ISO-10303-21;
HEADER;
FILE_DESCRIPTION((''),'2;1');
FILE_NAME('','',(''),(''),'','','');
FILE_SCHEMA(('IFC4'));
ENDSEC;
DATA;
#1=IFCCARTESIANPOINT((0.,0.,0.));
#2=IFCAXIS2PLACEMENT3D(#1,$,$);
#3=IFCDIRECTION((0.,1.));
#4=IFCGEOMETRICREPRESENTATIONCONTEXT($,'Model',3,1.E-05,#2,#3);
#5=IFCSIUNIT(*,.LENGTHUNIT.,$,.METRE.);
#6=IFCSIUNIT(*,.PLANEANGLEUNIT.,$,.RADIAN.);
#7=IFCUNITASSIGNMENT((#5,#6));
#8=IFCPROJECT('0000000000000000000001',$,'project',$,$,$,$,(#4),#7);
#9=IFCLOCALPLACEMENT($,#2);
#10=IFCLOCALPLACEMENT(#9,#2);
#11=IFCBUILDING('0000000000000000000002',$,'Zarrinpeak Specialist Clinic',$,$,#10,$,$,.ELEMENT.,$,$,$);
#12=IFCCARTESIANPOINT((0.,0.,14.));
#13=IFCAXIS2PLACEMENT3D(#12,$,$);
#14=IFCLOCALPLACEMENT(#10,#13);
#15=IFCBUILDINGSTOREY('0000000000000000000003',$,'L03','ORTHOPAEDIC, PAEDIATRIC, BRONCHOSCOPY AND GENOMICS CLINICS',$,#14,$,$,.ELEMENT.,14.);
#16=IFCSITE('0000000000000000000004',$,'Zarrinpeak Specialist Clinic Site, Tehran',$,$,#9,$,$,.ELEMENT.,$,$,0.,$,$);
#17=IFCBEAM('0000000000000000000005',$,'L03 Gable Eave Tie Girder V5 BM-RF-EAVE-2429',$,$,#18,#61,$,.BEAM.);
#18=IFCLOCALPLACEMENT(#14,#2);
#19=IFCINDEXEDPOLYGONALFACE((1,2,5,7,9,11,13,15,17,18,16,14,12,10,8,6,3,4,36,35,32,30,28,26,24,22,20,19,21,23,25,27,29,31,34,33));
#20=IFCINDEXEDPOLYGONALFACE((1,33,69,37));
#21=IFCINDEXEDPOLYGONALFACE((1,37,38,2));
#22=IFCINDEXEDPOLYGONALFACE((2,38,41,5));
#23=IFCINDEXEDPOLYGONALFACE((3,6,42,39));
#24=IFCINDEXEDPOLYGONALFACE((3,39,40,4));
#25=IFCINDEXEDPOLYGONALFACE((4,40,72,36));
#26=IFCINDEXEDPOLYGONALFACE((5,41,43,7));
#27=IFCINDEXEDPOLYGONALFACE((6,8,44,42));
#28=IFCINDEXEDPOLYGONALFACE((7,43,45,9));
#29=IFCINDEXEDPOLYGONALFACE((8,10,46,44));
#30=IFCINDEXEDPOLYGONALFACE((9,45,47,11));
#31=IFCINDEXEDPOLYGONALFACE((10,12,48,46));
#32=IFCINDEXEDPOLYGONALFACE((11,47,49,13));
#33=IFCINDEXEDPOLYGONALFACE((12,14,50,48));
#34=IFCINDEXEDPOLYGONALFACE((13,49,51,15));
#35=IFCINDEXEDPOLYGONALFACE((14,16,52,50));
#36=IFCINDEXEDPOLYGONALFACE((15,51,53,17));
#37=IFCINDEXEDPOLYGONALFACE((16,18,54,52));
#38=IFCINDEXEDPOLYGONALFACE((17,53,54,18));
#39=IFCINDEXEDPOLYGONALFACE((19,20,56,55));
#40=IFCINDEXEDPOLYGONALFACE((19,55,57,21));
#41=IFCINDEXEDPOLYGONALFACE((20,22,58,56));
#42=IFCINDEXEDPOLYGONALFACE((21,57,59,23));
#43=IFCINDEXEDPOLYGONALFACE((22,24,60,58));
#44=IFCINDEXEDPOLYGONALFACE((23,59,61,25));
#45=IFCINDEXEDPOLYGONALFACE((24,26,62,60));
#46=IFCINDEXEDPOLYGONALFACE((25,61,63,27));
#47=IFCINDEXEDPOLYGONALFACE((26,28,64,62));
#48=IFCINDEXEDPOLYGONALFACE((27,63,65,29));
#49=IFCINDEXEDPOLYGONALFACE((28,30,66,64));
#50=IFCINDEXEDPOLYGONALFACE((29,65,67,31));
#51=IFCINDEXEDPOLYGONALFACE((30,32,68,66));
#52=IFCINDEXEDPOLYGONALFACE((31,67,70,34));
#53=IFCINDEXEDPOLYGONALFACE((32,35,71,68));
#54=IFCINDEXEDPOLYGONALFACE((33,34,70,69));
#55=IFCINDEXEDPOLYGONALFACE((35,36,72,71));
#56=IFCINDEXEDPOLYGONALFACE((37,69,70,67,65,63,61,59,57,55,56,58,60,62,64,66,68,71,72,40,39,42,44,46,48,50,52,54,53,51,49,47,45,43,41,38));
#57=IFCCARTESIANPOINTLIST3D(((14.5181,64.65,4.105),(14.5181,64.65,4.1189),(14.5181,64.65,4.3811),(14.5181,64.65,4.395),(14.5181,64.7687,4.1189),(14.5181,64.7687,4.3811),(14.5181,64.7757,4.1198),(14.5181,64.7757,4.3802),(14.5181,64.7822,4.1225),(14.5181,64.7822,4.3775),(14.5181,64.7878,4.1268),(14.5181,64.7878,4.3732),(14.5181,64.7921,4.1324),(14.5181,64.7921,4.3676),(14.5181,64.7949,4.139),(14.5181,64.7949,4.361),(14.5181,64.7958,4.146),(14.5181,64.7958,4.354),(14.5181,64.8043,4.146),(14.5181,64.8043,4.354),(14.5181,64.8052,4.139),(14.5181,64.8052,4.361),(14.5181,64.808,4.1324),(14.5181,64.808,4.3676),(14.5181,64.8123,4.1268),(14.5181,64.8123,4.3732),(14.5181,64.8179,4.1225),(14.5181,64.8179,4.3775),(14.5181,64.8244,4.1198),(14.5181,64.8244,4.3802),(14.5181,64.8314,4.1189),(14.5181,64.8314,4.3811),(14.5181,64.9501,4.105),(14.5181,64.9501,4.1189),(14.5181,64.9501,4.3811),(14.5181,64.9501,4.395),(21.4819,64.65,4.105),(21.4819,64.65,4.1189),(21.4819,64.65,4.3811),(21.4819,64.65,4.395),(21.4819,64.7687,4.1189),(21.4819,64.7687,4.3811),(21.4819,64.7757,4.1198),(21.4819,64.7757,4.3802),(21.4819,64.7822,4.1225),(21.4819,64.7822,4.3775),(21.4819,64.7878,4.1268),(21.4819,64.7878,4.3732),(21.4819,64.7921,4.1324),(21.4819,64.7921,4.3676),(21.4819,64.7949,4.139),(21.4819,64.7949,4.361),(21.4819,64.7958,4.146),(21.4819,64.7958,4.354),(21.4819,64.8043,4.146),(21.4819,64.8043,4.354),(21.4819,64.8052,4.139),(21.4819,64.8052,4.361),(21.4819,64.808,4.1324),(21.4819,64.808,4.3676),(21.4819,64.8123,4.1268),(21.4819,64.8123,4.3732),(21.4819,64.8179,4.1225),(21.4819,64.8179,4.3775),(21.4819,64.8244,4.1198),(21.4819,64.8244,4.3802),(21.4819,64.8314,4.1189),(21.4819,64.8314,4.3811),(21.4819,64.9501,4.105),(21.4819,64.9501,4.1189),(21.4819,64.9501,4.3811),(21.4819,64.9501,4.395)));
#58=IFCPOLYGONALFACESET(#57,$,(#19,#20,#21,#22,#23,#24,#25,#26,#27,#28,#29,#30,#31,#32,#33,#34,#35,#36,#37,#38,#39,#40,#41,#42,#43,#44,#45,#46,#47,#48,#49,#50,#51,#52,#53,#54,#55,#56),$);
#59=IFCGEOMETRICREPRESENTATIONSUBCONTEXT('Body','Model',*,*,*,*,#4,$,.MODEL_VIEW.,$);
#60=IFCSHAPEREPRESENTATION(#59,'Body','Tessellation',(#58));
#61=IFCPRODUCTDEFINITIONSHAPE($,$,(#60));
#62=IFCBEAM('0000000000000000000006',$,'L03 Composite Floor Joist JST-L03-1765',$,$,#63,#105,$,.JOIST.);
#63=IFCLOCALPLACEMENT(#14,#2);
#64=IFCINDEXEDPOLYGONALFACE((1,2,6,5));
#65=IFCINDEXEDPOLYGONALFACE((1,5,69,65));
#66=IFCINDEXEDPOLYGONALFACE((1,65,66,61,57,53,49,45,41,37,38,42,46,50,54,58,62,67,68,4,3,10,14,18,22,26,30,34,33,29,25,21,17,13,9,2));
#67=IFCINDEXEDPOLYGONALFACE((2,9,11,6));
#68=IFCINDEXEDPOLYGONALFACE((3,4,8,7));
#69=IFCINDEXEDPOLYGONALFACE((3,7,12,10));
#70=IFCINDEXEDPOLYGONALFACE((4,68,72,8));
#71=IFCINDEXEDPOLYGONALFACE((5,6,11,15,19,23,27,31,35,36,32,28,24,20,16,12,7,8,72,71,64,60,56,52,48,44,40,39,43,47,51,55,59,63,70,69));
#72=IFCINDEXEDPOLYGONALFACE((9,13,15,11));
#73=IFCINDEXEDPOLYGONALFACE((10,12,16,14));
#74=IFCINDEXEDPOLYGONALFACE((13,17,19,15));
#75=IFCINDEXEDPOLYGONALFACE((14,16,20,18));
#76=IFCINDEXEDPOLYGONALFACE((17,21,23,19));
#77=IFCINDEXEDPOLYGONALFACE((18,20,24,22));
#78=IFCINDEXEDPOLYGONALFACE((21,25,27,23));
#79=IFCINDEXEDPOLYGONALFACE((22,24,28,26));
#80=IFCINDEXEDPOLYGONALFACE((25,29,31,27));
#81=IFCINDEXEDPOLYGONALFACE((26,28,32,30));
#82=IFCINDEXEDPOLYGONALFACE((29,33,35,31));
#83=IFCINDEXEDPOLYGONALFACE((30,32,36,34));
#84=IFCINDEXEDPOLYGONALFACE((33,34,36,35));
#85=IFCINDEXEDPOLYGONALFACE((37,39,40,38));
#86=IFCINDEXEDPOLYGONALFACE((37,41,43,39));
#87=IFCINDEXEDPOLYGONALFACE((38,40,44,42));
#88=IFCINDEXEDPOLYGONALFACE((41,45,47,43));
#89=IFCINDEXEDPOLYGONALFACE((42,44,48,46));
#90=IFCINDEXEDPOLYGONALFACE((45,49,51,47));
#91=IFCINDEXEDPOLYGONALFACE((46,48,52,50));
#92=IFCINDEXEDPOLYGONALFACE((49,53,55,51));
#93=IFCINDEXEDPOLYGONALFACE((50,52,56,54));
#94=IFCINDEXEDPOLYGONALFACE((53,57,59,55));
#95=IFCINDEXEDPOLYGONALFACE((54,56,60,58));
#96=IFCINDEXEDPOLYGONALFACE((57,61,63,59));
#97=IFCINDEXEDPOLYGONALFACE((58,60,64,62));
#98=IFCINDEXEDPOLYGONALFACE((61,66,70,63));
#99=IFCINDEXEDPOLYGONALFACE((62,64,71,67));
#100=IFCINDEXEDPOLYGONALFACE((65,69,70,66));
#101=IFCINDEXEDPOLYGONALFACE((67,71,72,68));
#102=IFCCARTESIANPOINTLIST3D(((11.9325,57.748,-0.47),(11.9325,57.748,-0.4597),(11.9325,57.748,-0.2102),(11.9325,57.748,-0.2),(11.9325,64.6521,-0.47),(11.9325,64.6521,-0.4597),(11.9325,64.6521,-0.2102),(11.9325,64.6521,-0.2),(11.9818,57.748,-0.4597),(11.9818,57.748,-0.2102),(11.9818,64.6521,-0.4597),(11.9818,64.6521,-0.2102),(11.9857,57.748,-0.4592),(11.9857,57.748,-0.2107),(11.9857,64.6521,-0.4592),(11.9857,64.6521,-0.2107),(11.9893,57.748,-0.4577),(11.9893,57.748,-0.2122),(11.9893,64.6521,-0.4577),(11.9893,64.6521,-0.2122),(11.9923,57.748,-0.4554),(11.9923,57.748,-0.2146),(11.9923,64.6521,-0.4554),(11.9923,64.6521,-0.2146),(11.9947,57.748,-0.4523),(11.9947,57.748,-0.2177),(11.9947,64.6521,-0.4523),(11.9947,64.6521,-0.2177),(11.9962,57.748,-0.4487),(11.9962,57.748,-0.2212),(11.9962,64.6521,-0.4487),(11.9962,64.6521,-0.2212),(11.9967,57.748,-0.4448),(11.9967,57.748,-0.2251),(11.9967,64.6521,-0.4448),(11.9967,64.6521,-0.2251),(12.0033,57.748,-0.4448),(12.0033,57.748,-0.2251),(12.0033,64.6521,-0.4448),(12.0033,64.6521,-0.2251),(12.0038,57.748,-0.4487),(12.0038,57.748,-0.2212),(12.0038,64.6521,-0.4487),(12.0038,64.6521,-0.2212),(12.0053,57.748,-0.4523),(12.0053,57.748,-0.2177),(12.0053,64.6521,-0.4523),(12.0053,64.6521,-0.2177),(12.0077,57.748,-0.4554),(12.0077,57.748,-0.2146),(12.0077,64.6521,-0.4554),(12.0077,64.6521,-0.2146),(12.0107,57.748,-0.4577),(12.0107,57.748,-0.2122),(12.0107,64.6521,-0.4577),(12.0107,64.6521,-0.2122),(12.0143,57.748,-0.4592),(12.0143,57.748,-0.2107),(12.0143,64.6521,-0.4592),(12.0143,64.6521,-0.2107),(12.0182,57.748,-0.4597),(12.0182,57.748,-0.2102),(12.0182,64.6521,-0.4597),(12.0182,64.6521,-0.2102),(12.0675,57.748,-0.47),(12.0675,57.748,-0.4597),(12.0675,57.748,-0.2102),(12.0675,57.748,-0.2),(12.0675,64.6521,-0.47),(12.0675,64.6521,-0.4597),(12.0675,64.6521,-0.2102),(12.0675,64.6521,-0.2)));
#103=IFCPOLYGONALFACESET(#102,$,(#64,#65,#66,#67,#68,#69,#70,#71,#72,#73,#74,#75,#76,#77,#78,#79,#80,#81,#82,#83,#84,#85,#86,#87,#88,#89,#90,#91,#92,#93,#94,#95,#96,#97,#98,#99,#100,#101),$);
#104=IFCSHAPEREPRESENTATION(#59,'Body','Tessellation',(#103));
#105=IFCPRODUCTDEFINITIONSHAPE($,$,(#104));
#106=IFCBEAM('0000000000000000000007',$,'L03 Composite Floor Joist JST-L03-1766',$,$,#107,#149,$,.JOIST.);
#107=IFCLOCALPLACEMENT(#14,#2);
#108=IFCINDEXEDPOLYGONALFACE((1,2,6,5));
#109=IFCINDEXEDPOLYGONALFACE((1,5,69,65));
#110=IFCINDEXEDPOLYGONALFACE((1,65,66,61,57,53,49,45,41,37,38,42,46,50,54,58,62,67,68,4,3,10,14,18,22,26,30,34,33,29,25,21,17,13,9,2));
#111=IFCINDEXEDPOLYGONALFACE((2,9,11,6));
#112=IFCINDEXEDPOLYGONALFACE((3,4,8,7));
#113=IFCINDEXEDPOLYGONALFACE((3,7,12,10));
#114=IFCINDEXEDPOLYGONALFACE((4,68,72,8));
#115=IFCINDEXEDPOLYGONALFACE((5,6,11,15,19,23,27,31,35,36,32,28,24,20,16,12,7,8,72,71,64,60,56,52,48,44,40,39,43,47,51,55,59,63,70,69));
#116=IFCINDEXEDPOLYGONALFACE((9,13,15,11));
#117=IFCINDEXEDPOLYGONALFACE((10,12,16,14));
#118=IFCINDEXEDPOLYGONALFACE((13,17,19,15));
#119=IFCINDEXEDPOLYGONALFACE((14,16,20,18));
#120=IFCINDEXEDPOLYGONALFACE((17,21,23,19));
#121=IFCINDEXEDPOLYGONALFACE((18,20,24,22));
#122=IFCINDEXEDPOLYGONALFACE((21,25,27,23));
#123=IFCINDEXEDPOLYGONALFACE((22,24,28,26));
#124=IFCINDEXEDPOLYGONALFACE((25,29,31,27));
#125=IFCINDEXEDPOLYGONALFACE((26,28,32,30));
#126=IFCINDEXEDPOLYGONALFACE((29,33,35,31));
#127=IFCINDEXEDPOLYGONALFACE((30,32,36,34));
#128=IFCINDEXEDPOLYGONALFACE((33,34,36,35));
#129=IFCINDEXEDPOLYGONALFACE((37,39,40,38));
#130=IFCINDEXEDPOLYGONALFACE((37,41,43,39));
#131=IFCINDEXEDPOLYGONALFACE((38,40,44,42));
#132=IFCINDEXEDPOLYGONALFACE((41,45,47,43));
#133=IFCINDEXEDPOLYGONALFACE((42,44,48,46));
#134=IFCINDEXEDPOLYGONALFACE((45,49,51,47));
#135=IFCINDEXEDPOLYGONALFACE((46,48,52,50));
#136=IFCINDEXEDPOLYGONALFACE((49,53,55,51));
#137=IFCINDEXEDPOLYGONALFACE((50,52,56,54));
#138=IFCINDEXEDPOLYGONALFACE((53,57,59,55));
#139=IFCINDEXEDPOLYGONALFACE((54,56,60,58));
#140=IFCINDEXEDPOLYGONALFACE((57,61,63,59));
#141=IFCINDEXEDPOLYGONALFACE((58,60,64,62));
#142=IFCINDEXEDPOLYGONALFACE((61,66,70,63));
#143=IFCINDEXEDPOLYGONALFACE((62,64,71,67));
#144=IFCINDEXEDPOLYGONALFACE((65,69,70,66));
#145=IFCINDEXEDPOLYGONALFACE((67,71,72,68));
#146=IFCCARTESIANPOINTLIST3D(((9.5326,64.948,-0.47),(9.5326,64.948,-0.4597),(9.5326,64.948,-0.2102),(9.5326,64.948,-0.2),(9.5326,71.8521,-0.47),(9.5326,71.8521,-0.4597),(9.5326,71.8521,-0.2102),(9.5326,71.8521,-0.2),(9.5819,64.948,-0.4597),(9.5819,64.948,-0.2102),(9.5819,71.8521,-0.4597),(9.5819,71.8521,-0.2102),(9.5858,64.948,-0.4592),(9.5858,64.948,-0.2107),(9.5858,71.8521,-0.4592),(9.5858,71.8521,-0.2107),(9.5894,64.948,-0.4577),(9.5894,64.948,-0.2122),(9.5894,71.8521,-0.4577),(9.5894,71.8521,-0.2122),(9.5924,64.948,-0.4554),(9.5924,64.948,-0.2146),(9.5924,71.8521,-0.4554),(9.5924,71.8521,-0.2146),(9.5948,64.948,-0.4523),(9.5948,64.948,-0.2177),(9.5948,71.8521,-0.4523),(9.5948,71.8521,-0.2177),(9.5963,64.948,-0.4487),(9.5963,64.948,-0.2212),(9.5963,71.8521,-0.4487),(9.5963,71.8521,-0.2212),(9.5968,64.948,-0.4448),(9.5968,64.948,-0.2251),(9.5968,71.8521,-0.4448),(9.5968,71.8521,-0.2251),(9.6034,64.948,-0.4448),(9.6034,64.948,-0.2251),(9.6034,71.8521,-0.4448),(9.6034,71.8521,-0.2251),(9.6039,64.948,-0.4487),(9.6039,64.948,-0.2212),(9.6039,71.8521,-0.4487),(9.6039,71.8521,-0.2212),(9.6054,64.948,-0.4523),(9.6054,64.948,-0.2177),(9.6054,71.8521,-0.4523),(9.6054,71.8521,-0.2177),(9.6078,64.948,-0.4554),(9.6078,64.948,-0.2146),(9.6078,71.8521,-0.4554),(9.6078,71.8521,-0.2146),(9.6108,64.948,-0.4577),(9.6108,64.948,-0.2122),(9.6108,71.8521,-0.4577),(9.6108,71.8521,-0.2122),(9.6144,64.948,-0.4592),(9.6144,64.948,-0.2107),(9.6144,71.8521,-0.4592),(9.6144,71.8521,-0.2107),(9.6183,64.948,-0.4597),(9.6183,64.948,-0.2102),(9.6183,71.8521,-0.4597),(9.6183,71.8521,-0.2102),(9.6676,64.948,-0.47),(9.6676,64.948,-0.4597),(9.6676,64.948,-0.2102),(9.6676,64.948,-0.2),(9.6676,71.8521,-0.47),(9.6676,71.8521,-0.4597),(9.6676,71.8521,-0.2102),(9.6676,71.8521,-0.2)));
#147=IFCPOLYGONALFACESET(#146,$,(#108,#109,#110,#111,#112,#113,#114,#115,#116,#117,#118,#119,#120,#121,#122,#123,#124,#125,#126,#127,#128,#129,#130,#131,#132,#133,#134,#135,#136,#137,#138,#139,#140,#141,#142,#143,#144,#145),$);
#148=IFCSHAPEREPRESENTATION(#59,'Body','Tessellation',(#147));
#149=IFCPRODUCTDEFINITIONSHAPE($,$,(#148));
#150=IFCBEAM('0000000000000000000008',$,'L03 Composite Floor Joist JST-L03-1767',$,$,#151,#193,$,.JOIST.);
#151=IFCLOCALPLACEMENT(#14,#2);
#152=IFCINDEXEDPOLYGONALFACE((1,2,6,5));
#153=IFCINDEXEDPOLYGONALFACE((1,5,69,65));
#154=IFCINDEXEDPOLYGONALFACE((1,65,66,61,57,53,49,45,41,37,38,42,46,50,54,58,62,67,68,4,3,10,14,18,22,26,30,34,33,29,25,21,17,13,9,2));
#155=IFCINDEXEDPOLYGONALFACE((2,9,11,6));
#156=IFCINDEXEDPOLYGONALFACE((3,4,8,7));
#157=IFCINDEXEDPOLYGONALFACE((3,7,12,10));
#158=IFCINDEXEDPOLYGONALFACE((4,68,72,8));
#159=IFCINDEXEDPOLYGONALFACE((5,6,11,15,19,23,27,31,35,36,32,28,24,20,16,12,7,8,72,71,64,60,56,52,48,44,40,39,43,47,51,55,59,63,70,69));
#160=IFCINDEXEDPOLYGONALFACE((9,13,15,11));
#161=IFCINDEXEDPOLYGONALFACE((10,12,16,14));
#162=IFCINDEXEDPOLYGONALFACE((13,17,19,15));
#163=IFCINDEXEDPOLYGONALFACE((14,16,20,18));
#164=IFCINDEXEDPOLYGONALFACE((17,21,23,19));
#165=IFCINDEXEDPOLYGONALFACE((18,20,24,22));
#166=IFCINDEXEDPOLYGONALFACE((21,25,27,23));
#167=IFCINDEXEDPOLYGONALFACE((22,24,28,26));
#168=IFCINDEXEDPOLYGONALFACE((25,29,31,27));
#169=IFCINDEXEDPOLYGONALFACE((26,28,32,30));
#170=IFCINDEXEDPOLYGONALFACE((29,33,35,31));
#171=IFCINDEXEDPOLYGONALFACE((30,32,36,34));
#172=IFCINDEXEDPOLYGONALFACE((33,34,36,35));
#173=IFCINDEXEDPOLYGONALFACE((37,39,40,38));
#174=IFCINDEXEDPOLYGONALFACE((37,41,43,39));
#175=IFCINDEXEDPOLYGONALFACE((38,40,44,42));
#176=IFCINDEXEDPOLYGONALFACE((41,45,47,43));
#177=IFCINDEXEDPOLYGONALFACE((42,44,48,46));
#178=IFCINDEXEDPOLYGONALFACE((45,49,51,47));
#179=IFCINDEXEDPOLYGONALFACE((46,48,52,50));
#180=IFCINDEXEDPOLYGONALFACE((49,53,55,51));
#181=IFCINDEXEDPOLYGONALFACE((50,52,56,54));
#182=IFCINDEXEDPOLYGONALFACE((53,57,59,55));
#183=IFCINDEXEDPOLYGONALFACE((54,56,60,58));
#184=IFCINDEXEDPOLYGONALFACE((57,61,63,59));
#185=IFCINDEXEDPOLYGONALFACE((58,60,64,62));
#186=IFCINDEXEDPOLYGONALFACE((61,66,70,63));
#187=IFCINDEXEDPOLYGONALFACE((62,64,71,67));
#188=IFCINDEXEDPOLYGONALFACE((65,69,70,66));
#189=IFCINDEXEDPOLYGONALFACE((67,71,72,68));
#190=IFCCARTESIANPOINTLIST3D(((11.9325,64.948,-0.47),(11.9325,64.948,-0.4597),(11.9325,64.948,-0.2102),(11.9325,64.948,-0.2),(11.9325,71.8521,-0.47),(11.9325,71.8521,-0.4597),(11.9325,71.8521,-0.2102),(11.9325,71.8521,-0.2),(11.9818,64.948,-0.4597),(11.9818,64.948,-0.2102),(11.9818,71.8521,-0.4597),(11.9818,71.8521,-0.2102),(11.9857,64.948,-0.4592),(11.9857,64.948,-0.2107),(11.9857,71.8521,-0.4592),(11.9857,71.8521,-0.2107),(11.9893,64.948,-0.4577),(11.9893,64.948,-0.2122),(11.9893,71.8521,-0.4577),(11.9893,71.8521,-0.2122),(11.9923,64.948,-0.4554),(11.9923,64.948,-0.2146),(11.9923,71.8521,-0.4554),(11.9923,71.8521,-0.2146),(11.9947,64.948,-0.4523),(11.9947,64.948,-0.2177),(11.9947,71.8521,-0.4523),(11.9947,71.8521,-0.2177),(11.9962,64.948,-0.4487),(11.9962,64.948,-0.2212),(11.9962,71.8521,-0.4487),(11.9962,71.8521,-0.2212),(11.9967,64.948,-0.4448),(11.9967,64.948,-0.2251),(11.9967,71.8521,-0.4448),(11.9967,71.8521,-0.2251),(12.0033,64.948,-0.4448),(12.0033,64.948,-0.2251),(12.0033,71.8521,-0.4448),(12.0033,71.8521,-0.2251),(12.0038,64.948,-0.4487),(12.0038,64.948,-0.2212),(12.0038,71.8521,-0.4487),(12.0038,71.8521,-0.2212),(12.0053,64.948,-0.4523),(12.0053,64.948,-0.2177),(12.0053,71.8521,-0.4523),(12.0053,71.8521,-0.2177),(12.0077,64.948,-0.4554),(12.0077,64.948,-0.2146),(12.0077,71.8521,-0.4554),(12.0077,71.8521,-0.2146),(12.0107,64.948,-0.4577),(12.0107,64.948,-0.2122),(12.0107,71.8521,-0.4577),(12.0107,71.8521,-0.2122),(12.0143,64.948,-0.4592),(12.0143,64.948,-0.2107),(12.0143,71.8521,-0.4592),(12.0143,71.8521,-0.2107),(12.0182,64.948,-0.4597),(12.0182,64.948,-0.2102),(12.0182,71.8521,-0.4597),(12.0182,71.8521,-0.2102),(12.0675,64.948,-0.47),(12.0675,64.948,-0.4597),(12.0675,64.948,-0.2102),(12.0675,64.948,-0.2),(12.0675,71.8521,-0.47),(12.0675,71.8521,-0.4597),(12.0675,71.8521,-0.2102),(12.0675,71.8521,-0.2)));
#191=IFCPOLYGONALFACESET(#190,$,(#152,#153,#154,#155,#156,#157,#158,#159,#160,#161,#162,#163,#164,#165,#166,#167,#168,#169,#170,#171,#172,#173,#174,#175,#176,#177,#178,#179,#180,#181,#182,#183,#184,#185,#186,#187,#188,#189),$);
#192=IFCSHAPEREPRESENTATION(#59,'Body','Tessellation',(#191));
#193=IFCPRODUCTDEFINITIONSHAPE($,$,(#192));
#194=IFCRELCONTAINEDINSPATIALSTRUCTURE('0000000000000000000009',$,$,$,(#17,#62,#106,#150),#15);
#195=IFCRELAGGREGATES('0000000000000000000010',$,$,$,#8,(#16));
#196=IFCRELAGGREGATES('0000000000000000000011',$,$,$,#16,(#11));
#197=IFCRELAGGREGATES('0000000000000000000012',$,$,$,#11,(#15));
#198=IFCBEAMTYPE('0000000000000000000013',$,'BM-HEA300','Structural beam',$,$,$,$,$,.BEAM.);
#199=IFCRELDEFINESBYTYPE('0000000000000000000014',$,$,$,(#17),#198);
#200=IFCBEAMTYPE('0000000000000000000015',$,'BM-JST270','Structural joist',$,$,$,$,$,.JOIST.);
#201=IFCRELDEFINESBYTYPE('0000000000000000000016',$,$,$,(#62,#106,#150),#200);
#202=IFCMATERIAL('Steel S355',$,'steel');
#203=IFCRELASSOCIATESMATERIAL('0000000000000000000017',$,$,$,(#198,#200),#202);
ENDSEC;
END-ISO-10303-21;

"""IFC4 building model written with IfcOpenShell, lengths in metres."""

from ifc_helpers import new_model, si_unit, direction, frame, origin, origin_2d, place, context, subcontext, project, spatial, i_section, extrude, material, material_profile, profile_set, type_object, element, save


model = new_model("IFC4")

# Units and contexts
model_context = context("Model", 3, precision=1e-05, world=origin(), true_north=direction((0.0, 1.0)))
body_context = subcontext(model_context, "Body", "Model", "MODEL_VIEW")
ifc_project = project(units=[si_unit("LENGTHUNIT", "METRE"), si_unit("PLANEANGLEUNIT", "RADIAN")], contexts=[model_context])

# Site, building, storey
site_placement = place(None, origin())
site = spatial("IfcSite", under=ifc_project, at=site_placement, Name="Zarrinpeak Specialist Clinic Site, Tehran", CompositionType="ELEMENT", RefElevation=0.0)
building_placement = place(site_placement, origin())
building = spatial("IfcBuilding", under=site, at=building_placement, Name="Zarrinpeak Specialist Clinic", CompositionType="ELEMENT")
storey_placement = place(building_placement, frame((0.0, 0.0, 14.0)))
storey = spatial("IfcBuildingStorey", under=building, at=storey_placement, Name="L03", Description="ORTHOPAEDIC, PAEDIATRIC, BRONCHOSCOPY AND GENOMICS CLINICS", CompositionType="ELEMENT", Elevation=14.0)

# Shared definitions
ifc_material_1 = material(Name="Steel S355", Category="steel")

# Beams
ifc_material_profile_1 = material_profile(ifc_material_1, i_section(OverallWidth=0.3, OverallDepth=0.29, WebThickness=0.0085, FlangeThickness=0.0139, FilletRadius=0.0271, at=origin_2d()), Name="HEA 300")
ifc_profile_set_1 = profile_set([ifc_material_profile_1], Name="Steel S355")
beam_type_1 = type_object("IfcBeamType", Name="BM-HEA300", Description="Structural beam", PredefinedType="BEAM", material=ifc_profile_set_1)
for number, where, z_axis, x_axis, name in (
    (1, (14.5181, 64.8, 4.25), (1.0, 0.0, 0.0), (0.0, 1.0, 0.0), "L03 Gable Eave Tie Girder V5 BM-RF-EAVE-2429"),
):
    element("IfcBeam", number, at=place(storey_placement, frame(where, z_axis=z_axis, x_axis=x_axis)), inside=storey, type_object=beam_type_1, Name=name, PredefinedType="BEAM", context=body_context, shape_type="SweptSolid", body=[
        extrude(i_section(OverallWidth=0.3, OverallDepth=0.29, WebThickness=0.0085, FlangeThickness=0.0139, FilletRadius=0.0271, at=origin_2d()), origin(), (0.0, 0.0, 1.0), 6.9639),
    ])
ifc_material_profile_2 = material_profile(ifc_material_1, i_section(OverallWidth=0.135, OverallDepth=0.27, WebThickness=0.0066, FlangeThickness=0.0103, FilletRadius=0.0149, at=origin_2d()), Name="IPE 270")
ifc_profile_set_2 = profile_set([ifc_material_profile_2], Name="Steel S355")
beam_type_2 = type_object("IfcBeamType", Name="BM-JST270", Description="Structural joist", PredefinedType="JOIST", material=ifc_profile_set_2)
for number, where, z_axis, x_axis, name in (
    (2, (12.0, 57.748, -0.335), (0.0, 1.0, 0.0), (-1.0, 0.0, 0.0), "L03 Composite Floor Joist JST-L03-1765"),
    (3, (9.6001, 64.948, -0.335), (0.0, 1.0, 0.0), (-1.0, 0.0, 0.0), "L03 Composite Floor Joist JST-L03-1766"),
    (4, (12.0, 64.948, -0.335), (0.0, 1.0, 0.0), (-1.0, 0.0, 0.0), "L03 Composite Floor Joist JST-L03-1767"),
):
    element("IfcBeam", number, at=place(storey_placement, frame(where, z_axis=z_axis, x_axis=x_axis)), inside=storey, type_object=beam_type_2, Name=name, PredefinedType="JOIST", context=body_context, shape_type="SweptSolid", body=[
        extrude(i_section(OverallWidth=0.135, OverallDepth=0.27, WebThickness=0.0066, FlangeThickness=0.0103, FilletRadius=0.0149, at=origin_2d()), origin(), (0.0, 0.0, 1.0), 6.9041),
    ])

save(model, "model.ifc")
